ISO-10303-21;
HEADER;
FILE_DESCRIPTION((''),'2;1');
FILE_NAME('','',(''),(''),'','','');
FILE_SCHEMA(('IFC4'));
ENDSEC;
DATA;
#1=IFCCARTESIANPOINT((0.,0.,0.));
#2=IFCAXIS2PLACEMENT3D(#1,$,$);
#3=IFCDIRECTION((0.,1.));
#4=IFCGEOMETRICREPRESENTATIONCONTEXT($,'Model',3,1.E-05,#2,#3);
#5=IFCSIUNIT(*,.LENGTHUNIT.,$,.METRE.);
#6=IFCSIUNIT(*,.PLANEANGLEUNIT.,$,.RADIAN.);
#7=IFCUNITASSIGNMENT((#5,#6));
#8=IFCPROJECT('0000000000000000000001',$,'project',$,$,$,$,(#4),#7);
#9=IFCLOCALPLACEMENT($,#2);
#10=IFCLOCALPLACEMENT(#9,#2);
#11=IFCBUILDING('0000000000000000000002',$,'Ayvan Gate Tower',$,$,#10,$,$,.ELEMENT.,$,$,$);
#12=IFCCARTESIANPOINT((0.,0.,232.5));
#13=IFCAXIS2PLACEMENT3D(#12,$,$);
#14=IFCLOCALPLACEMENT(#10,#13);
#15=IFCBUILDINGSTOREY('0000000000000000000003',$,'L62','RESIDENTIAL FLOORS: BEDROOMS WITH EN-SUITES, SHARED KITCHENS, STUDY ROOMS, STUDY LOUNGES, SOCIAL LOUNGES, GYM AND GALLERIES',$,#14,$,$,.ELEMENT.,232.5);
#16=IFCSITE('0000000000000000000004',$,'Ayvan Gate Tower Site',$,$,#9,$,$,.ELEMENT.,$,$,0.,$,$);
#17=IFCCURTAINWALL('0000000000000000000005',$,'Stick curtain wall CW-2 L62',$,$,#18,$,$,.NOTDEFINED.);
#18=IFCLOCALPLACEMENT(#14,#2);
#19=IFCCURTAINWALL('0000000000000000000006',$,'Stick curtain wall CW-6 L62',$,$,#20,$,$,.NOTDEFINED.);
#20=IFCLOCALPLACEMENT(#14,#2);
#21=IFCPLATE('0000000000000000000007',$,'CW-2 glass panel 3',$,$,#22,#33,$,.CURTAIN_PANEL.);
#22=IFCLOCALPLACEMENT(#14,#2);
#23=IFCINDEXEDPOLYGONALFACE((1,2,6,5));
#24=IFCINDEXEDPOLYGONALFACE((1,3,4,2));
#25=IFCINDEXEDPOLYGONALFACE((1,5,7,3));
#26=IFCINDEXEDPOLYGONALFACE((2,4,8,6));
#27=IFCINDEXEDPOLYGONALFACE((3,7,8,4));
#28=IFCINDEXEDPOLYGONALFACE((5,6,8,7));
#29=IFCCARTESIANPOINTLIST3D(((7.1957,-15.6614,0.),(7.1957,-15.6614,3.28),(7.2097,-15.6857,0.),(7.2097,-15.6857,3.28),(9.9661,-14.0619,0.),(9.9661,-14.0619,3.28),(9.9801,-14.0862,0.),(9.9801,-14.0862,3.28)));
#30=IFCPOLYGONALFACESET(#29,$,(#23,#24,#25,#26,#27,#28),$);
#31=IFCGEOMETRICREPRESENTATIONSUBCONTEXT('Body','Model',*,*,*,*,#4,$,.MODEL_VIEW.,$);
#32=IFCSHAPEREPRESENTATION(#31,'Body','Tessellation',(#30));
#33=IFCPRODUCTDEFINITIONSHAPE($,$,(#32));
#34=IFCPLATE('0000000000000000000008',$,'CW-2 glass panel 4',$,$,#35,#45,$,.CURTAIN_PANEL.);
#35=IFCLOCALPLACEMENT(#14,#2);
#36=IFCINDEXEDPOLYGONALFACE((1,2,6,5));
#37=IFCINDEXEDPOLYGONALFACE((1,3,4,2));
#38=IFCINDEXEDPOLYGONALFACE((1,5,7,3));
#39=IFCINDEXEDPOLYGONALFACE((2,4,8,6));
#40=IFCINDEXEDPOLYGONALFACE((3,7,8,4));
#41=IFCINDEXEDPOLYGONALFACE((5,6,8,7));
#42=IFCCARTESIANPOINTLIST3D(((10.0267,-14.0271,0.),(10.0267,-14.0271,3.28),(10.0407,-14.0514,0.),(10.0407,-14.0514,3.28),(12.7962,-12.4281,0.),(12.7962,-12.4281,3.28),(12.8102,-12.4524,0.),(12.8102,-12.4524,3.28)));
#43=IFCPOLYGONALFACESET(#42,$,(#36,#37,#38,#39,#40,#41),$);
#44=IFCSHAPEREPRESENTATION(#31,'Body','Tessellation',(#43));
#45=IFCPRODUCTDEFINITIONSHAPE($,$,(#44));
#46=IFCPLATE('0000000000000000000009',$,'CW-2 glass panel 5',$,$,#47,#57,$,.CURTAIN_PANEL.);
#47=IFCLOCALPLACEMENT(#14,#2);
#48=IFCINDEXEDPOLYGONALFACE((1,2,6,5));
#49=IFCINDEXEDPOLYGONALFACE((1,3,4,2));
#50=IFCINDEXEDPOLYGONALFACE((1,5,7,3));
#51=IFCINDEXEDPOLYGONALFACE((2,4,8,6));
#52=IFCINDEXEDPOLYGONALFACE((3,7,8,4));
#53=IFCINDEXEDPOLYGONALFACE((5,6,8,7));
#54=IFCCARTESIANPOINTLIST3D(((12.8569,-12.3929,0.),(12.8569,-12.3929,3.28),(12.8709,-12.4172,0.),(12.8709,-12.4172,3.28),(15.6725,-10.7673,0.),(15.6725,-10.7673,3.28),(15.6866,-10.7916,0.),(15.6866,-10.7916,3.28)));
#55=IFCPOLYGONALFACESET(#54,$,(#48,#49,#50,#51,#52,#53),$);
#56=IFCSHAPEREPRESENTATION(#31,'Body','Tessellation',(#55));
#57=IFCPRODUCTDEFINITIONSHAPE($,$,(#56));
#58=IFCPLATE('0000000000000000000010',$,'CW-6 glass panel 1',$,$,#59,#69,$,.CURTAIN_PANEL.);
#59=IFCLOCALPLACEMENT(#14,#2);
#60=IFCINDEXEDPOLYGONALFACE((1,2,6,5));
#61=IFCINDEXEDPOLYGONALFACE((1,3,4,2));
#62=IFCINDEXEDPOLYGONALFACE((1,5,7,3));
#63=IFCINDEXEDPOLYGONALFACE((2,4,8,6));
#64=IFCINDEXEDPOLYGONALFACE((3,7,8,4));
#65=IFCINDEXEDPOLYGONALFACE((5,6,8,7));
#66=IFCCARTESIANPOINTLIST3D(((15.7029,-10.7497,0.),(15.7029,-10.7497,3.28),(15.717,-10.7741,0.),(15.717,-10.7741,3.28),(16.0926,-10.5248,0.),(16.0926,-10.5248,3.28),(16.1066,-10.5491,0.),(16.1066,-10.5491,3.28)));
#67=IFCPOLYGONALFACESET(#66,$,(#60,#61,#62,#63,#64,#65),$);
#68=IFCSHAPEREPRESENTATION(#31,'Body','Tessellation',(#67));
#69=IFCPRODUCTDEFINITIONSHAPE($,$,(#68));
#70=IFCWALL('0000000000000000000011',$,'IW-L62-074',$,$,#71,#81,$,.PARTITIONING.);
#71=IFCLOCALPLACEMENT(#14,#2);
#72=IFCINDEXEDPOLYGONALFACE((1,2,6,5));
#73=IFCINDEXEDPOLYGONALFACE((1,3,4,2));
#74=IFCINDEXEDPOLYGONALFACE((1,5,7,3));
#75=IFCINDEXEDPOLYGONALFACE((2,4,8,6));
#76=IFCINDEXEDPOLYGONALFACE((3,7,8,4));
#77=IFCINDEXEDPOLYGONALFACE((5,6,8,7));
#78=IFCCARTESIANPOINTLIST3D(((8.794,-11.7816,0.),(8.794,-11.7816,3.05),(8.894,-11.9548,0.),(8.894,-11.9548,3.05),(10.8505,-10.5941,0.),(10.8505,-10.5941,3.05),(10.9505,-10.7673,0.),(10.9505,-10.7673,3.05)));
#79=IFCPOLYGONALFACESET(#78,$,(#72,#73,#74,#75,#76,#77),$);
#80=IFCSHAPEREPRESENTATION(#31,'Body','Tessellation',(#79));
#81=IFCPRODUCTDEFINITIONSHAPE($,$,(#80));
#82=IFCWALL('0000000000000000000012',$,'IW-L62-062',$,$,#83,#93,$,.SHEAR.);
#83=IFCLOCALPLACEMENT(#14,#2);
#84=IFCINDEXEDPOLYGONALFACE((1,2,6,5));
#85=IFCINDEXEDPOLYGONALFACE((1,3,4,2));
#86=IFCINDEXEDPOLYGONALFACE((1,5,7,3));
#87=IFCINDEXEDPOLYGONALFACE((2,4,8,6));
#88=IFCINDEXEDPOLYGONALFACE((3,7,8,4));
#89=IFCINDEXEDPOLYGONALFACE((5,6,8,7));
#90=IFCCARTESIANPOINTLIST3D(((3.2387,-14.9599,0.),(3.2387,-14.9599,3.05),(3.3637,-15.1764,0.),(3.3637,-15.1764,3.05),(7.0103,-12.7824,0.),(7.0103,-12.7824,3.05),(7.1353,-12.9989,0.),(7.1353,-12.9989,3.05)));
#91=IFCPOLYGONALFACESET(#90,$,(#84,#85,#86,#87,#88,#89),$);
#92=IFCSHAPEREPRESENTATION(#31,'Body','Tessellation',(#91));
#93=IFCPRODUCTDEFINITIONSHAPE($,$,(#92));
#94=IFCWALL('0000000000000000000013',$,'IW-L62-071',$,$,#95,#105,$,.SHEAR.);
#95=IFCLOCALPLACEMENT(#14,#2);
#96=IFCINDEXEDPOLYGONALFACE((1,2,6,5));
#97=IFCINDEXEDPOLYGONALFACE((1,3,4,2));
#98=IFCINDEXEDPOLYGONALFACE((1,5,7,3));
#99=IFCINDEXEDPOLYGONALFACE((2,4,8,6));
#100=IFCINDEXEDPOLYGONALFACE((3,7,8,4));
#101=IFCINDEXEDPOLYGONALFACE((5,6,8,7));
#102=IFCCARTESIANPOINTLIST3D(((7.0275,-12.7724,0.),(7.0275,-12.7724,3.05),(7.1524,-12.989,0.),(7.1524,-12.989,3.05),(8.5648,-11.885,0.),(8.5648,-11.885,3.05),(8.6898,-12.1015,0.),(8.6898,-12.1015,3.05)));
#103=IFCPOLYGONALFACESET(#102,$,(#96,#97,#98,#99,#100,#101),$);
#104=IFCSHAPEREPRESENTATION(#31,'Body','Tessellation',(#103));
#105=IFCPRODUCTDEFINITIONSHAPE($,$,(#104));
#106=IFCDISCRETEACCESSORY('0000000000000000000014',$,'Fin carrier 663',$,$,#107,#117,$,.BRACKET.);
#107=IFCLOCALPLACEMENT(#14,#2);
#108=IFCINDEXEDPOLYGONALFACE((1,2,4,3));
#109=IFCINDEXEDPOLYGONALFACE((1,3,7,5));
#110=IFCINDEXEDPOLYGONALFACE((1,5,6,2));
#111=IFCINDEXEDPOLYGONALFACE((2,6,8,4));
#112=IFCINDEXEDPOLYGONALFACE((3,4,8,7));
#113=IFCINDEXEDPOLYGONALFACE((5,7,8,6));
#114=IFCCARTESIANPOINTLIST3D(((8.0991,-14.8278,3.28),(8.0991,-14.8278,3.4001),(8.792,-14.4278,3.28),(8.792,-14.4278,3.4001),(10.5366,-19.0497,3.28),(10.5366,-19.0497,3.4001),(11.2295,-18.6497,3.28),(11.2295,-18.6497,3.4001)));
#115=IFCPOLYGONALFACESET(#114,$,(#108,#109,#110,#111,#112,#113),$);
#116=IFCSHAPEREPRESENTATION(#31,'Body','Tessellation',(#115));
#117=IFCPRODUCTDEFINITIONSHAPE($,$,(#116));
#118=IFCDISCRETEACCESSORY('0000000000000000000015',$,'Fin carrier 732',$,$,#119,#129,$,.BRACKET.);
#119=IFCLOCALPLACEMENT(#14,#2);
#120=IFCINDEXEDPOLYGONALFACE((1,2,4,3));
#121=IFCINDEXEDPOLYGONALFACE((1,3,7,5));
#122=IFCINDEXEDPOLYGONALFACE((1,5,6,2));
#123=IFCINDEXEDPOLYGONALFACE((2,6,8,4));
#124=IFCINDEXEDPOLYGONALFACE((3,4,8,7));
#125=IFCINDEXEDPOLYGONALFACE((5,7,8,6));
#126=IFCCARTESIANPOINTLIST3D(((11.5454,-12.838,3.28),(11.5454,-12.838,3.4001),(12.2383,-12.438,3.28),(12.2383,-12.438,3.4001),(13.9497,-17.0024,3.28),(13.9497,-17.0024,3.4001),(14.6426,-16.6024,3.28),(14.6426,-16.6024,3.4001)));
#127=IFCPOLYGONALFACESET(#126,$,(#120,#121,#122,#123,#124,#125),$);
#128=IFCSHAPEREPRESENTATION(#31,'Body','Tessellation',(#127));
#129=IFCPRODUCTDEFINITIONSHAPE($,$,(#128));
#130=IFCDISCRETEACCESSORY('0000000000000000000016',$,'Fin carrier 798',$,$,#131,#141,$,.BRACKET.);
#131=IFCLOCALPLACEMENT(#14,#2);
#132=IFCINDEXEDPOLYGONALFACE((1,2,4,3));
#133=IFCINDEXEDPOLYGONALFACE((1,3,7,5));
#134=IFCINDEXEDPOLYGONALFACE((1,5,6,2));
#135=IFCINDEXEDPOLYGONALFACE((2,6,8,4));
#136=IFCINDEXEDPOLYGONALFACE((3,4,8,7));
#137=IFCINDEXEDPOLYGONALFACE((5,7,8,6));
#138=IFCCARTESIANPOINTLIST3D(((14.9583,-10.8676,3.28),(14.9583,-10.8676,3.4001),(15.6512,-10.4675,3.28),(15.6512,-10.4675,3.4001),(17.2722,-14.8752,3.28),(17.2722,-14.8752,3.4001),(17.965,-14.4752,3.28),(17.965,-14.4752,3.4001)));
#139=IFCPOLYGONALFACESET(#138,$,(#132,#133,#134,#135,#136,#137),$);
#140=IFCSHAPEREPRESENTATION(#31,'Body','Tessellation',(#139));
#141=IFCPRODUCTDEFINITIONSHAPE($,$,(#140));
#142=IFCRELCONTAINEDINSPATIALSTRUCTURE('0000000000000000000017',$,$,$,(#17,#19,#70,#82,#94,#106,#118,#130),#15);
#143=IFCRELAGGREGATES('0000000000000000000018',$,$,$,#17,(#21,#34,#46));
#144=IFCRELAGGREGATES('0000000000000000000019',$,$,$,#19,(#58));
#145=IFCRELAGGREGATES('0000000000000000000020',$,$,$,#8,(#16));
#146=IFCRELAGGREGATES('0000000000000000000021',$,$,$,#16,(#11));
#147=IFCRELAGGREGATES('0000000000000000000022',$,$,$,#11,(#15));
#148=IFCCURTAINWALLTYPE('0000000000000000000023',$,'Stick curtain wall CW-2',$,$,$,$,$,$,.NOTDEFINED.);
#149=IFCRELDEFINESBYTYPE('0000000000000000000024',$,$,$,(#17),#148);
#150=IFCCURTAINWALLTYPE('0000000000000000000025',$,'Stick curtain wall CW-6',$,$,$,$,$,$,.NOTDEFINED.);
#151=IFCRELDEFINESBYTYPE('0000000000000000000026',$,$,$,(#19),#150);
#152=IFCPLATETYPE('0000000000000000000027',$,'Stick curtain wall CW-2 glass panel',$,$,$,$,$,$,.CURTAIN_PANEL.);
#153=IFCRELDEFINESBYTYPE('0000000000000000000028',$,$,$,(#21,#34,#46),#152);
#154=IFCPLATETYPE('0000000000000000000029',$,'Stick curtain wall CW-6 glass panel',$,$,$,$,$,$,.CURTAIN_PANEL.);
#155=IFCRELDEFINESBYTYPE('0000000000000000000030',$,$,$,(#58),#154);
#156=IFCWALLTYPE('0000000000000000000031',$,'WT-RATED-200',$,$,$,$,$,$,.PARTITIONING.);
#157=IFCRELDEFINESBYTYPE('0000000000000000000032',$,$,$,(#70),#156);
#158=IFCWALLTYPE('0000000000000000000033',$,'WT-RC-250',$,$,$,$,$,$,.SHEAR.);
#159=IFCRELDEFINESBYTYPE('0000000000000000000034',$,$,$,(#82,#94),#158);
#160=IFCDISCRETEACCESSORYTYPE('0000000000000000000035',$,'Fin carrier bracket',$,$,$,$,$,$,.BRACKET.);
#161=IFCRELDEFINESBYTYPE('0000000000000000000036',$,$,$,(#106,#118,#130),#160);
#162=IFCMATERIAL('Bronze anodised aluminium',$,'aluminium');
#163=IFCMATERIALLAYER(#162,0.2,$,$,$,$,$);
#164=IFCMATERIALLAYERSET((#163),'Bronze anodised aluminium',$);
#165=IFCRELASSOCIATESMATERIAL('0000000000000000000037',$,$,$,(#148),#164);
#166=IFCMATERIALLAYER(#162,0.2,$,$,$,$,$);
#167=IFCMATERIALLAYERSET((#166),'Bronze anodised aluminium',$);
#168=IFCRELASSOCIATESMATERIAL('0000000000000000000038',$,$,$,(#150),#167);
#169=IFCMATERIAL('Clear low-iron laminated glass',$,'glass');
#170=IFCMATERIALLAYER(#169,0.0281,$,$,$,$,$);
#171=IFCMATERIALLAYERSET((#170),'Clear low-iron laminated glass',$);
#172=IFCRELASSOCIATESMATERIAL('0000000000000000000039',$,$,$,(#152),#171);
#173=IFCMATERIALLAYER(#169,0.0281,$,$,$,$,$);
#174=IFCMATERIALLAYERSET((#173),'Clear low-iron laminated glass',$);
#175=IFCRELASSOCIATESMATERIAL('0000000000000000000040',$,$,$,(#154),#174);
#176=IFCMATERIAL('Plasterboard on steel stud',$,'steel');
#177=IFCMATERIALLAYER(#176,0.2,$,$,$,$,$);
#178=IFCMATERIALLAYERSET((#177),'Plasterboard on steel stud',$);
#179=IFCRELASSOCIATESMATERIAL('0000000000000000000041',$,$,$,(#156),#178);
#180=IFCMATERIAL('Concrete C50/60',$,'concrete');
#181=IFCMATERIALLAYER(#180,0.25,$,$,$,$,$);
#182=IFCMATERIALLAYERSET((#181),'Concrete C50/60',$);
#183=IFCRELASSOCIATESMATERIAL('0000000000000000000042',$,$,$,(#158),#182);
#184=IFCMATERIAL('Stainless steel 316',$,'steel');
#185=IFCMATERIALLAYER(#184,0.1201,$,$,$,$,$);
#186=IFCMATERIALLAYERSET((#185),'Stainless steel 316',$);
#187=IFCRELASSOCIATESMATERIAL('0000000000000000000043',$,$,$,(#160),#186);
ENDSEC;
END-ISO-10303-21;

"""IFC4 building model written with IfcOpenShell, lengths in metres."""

from ifc_helpers import new_model, si_unit, direction, frame, frame_2d, origin, origin_2d, place, context, subcontext, project, spatial, rectangle, extrude, material, layer, layer_set, type_object, element, aggregate, save


model = new_model("IFC4")

# Units and contexts
model_context = context("Model", 3, precision=1e-05, world=origin(), true_north=direction((0.0, 1.0)))
body_context = subcontext(model_context, "Body", "Model", "MODEL_VIEW")
ifc_project = project(units=[si_unit("LENGTHUNIT", "METRE"), si_unit("PLANEANGLEUNIT", "RADIAN")], contexts=[model_context])

# Site, building, storey
site_placement = place(None, origin())
site = spatial("IfcSite", under=ifc_project, at=site_placement, Name="Ayvan Gate Tower Site", CompositionType="ELEMENT", RefElevation=0.0)
building_placement = place(site_placement, origin())
building = spatial("IfcBuilding", under=site, at=building_placement, Name="Ayvan Gate Tower", CompositionType="ELEMENT")
storey_placement = place(building_placement, frame((0.0, 0.0, 232.5)))
storey = spatial("IfcBuildingStorey", under=building, at=storey_placement, Name="L62", Description="RESIDENTIAL FLOORS: BEDROOMS WITH EN-SUITES, SHARED KITCHENS, STUDY ROOMS, STUDY LOUNGES, SOCIAL LOUNGES, GYM AND GALLERIES", CompositionType="ELEMENT", Elevation=232.5)

# Shared definitions
ifc_material_1 = material(Name="Concrete C50/60", Category="concrete")

# Curtain walls
ifc_material_2 = material(Name="Bronze anodised aluminium", Category="aluminium")
ifc_layer_1 = layer(ifc_material_2, 0.2)
ifc_layer_set_1 = layer_set([ifc_layer_1], Name="Bronze anodised aluminium")
curtain_wall_type_1 = type_object("IfcCurtainWallType", Name="Stick curtain wall CW-2", PredefinedType="NOTDEFINED", material=ifc_layer_set_1)
curtain_wall_1_placement = place(storey_placement, origin())
curtain_wall_1 = element("IfcCurtainWall", 1, at=curtain_wall_1_placement, inside=storey, type_object=curtain_wall_type_1, Name="Stick curtain wall CW-2 L62", PredefinedType="NOTDEFINED")
ifc_layer_2 = layer(ifc_material_2, 0.2)
ifc_layer_set_2 = layer_set([ifc_layer_2], Name="Bronze anodised aluminium")
curtain_wall_type_2 = type_object("IfcCurtainWallType", Name="Stick curtain wall CW-6", PredefinedType="NOTDEFINED", material=ifc_layer_set_2)
curtain_wall_2_placement = place(storey_placement, origin())
curtain_wall_2 = element("IfcCurtainWall", 2, at=curtain_wall_2_placement, inside=storey, type_object=curtain_wall_type_2, Name="Stick curtain wall CW-6 L62", PredefinedType="NOTDEFINED")

# Plates
ifc_material_3 = material(Name="Clear low-iron laminated glass", Category="glass")
ifc_layer_3 = layer(ifc_material_3, 0.0281)
ifc_layer_set_3 = layer_set([ifc_layer_3], Name="Clear low-iron laminated glass")
plate_type_1 = type_object("IfcPlateType", Name="Stick curtain wall CW-2 glass panel", PredefinedType="CURTAIN_PANEL", material=ifc_layer_set_3)
plate_1_placement = place(storey_placement, frame((8.5879, -14.8738, 0.0), z_axis=(0.0, 0.0, 1.0), x_axis=(0.866025, 0.5, 0.0)))
plate_1 = element("IfcPlate", 3, at=plate_1_placement, type_object=plate_type_1, Name="CW-2 glass panel 3", PredefinedType="CURTAIN_PANEL", context=body_context, shape_type="SweptSolid", body=[
    extrude(rectangle(XDim=3.199, YDim=0.0281, at=origin_2d()), origin(), (0.0, 0.0, 1.0), 3.28),
])
plate_2_placement = place(storey_placement, frame((11.4185, -13.2397, 0.0), z_axis=(0.0, 0.0, 1.0), x_axis=(0.866025, 0.5, 0.0)))
plate_2 = element("IfcPlate", 4, at=plate_2_placement, type_object=plate_type_1, Name="CW-2 glass panel 4", PredefinedType="CURTAIN_PANEL", context=body_context, shape_type="SweptSolid", body=[
    extrude(rectangle(XDim=3.198, YDim=0.0281, at=origin_2d()), origin(), (0.0, 0.0, 1.0), 3.28),
])
plate_3_placement = place(storey_placement, frame((14.2717, -11.5923, 0.0), z_axis=(0.0, 0.0, 1.0), x_axis=(0.866025, 0.5, 0.0)))
plate_3 = element("IfcPlate", 5, at=plate_3_placement, type_object=plate_type_1, Name="CW-2 glass panel 5", PredefinedType="CURTAIN_PANEL", context=body_context, shape_type="SweptSolid", body=[
    extrude(rectangle(XDim=3.2512, YDim=0.0281, at=origin_2d()), origin(), (0.0, 0.0, 1.0), 3.28),
])
aggregate(curtain_wall_1, [plate_1, plate_2, plate_3])
ifc_layer_4 = layer(ifc_material_3, 0.0281)
ifc_layer_set_4 = layer_set([ifc_layer_4], Name="Clear low-iron laminated glass")
plate_type_2 = type_object("IfcPlateType", Name="Stick curtain wall CW-6 glass panel", PredefinedType="CURTAIN_PANEL", material=ifc_layer_set_4)
plate_4_placement = place(storey_placement, frame((15.9048, -10.6494, 0.0), z_axis=(0.0, 0.0, 1.0), x_axis=(0.866025, 0.5, 0.0)))
plate_4 = element("IfcPlate", 6, at=plate_4_placement, type_object=plate_type_2, Name="CW-6 glass panel 1", PredefinedType="CURTAIN_PANEL", context=body_context, shape_type="SweptSolid", body=[
    extrude(rectangle(XDim=0.45, YDim=0.0281, at=origin_2d()), origin(), (0.0, 0.0, 1.0), 3.28),
])
aggregate(curtain_wall_2, [plate_4])

# Walls
ifc_material_4 = material(Name="Plasterboard on steel stud", Category="steel")
ifc_layer_5 = layer(ifc_material_4, 0.2)
ifc_layer_set_5 = layer_set([ifc_layer_5], Name="Plasterboard on steel stud")
wall_type_1 = type_object("IfcWallType", Name="WT-RATED-200", PredefinedType="PARTITIONING", material=ifc_layer_set_5)
wall_1_placement = place(storey_placement, frame((10.9006, -10.6807, 0.0), z_axis=(0.0, 0.0, 1.0), x_axis=(-0.866008, -0.500031, 0.0)))
element("IfcWall", 7, at=wall_1_placement, inside=storey, type_object=wall_type_1, Name="IW-L62-074", PredefinedType="PARTITIONING", context=body_context, shape_type="SweptSolid", body=[
    extrude(rectangle(XDim=2.3748, YDim=0.2, at=frame_2d((1.1875, 0.0))), origin(), (0.0, 0.0, 1.0), 3.05),
])
ifc_layer_6 = layer(ifc_material_1, 0.25)
ifc_layer_set_6 = layer_set([ifc_layer_6], Name="Concrete C50/60")
wall_type_2 = type_object("IfcWallType", Name="WT-RC-250", PredefinedType="SHEAR", material=ifc_layer_set_6)
wall_2_placement = place(storey_placement, frame((7.0728, -12.8906, 0.0), z_axis=(0.0, 0.0, 1.0), x_axis=(-0.866023, -0.500004, 0.0)))
element("IfcWall", 8, at=wall_2_placement, inside=storey, type_object=wall_type_2, Name="IW-L62-062", PredefinedType="SHEAR", context=body_context, shape_type="SweptSolid", body=[
    extrude(rectangle(XDim=4.355, YDim=0.25, at=frame_2d((2.1775, 0.0))), origin(), (0.0, 0.0, 1.0), 3.05),
])
wall_3_placement = place(storey_placement, frame((8.6274, -11.9932, 0.0), z_axis=(0.0, 0.0, 1.0), x_axis=(-0.86606, -0.499941, 0.0)))
element("IfcWall", 9, at=wall_3_placement, inside=storey, type_object=wall_type_2, Name="IW-L62-071", PredefinedType="SHEAR", context=body_context, shape_type="SweptSolid", body=[
    extrude(rectangle(XDim=1.7751, YDim=0.25, at=frame_2d((0.8877, 0.0))), origin(), (0.0, 0.0, 1.0), 3.05),
])

# Discrete accessories
ifc_material_5 = material(Name="Stainless steel 316", Category="steel")
ifc_layer_7 = layer(ifc_material_5, 0.1201)
ifc_layer_set_7 = layer_set([ifc_layer_7], Name="Stainless steel 316")
discrete_accessory_type = type_object("IfcDiscreteAccessoryType", Name="Fin carrier bracket", PredefinedType="BRACKET", material=ifc_layer_set_7)
discrete_accessory_1_placement = place(storey_placement, frame((9.6643, -16.7388, 3.28), z_axis=(0.0, 0.0, 1.0), x_axis=(0.866025, 0.5, 0.0)))
element("IfcDiscreteAccessory", 10, at=discrete_accessory_1_placement, inside=storey, type_object=discrete_accessory_type, Name="Fin carrier 663", PredefinedType="BRACKET", context=body_context, shape_type="SweptSolid", body=[
    extrude(rectangle(XDim=0.8, YDim=4.875, at=origin_2d()), origin(), (0.0, 0.0, 1.0), 0.1201),
])
discrete_accessory_2_placement = place(storey_placement, frame((13.094, -14.7202, 3.28), z_axis=(0.0, 0.0, 1.0), x_axis=(0.866025, 0.5, 0.0)))
element("IfcDiscreteAccessory", 11, at=discrete_accessory_2_placement, inside=storey, type_object=discrete_accessory_type, Name="Fin carrier 732", PredefinedType="BRACKET", context=body_context, shape_type="SweptSolid", body=[
    extrude(rectangle(XDim=0.8, YDim=4.8086, at=origin_2d()), origin(), (0.0, 0.0, 1.0), 0.1201),
])
discrete_accessory_3_placement = place(storey_placement, frame((16.4617, -12.6714, 3.28), z_axis=(0.0, 0.0, 1.0), x_axis=(0.866025, 0.5, 0.0)))
element("IfcDiscreteAccessory", 12, at=discrete_accessory_3_placement, inside=storey, type_object=discrete_accessory_type, Name="Fin carrier 798", PredefinedType="BRACKET", context=body_context, shape_type="SweptSolid", body=[
    extrude(rectangle(XDim=0.8, YDim=4.6277, at=origin_2d()), origin(), (0.0, 0.0, 1.0), 0.1201),
])

save(model, "model.ifc")
